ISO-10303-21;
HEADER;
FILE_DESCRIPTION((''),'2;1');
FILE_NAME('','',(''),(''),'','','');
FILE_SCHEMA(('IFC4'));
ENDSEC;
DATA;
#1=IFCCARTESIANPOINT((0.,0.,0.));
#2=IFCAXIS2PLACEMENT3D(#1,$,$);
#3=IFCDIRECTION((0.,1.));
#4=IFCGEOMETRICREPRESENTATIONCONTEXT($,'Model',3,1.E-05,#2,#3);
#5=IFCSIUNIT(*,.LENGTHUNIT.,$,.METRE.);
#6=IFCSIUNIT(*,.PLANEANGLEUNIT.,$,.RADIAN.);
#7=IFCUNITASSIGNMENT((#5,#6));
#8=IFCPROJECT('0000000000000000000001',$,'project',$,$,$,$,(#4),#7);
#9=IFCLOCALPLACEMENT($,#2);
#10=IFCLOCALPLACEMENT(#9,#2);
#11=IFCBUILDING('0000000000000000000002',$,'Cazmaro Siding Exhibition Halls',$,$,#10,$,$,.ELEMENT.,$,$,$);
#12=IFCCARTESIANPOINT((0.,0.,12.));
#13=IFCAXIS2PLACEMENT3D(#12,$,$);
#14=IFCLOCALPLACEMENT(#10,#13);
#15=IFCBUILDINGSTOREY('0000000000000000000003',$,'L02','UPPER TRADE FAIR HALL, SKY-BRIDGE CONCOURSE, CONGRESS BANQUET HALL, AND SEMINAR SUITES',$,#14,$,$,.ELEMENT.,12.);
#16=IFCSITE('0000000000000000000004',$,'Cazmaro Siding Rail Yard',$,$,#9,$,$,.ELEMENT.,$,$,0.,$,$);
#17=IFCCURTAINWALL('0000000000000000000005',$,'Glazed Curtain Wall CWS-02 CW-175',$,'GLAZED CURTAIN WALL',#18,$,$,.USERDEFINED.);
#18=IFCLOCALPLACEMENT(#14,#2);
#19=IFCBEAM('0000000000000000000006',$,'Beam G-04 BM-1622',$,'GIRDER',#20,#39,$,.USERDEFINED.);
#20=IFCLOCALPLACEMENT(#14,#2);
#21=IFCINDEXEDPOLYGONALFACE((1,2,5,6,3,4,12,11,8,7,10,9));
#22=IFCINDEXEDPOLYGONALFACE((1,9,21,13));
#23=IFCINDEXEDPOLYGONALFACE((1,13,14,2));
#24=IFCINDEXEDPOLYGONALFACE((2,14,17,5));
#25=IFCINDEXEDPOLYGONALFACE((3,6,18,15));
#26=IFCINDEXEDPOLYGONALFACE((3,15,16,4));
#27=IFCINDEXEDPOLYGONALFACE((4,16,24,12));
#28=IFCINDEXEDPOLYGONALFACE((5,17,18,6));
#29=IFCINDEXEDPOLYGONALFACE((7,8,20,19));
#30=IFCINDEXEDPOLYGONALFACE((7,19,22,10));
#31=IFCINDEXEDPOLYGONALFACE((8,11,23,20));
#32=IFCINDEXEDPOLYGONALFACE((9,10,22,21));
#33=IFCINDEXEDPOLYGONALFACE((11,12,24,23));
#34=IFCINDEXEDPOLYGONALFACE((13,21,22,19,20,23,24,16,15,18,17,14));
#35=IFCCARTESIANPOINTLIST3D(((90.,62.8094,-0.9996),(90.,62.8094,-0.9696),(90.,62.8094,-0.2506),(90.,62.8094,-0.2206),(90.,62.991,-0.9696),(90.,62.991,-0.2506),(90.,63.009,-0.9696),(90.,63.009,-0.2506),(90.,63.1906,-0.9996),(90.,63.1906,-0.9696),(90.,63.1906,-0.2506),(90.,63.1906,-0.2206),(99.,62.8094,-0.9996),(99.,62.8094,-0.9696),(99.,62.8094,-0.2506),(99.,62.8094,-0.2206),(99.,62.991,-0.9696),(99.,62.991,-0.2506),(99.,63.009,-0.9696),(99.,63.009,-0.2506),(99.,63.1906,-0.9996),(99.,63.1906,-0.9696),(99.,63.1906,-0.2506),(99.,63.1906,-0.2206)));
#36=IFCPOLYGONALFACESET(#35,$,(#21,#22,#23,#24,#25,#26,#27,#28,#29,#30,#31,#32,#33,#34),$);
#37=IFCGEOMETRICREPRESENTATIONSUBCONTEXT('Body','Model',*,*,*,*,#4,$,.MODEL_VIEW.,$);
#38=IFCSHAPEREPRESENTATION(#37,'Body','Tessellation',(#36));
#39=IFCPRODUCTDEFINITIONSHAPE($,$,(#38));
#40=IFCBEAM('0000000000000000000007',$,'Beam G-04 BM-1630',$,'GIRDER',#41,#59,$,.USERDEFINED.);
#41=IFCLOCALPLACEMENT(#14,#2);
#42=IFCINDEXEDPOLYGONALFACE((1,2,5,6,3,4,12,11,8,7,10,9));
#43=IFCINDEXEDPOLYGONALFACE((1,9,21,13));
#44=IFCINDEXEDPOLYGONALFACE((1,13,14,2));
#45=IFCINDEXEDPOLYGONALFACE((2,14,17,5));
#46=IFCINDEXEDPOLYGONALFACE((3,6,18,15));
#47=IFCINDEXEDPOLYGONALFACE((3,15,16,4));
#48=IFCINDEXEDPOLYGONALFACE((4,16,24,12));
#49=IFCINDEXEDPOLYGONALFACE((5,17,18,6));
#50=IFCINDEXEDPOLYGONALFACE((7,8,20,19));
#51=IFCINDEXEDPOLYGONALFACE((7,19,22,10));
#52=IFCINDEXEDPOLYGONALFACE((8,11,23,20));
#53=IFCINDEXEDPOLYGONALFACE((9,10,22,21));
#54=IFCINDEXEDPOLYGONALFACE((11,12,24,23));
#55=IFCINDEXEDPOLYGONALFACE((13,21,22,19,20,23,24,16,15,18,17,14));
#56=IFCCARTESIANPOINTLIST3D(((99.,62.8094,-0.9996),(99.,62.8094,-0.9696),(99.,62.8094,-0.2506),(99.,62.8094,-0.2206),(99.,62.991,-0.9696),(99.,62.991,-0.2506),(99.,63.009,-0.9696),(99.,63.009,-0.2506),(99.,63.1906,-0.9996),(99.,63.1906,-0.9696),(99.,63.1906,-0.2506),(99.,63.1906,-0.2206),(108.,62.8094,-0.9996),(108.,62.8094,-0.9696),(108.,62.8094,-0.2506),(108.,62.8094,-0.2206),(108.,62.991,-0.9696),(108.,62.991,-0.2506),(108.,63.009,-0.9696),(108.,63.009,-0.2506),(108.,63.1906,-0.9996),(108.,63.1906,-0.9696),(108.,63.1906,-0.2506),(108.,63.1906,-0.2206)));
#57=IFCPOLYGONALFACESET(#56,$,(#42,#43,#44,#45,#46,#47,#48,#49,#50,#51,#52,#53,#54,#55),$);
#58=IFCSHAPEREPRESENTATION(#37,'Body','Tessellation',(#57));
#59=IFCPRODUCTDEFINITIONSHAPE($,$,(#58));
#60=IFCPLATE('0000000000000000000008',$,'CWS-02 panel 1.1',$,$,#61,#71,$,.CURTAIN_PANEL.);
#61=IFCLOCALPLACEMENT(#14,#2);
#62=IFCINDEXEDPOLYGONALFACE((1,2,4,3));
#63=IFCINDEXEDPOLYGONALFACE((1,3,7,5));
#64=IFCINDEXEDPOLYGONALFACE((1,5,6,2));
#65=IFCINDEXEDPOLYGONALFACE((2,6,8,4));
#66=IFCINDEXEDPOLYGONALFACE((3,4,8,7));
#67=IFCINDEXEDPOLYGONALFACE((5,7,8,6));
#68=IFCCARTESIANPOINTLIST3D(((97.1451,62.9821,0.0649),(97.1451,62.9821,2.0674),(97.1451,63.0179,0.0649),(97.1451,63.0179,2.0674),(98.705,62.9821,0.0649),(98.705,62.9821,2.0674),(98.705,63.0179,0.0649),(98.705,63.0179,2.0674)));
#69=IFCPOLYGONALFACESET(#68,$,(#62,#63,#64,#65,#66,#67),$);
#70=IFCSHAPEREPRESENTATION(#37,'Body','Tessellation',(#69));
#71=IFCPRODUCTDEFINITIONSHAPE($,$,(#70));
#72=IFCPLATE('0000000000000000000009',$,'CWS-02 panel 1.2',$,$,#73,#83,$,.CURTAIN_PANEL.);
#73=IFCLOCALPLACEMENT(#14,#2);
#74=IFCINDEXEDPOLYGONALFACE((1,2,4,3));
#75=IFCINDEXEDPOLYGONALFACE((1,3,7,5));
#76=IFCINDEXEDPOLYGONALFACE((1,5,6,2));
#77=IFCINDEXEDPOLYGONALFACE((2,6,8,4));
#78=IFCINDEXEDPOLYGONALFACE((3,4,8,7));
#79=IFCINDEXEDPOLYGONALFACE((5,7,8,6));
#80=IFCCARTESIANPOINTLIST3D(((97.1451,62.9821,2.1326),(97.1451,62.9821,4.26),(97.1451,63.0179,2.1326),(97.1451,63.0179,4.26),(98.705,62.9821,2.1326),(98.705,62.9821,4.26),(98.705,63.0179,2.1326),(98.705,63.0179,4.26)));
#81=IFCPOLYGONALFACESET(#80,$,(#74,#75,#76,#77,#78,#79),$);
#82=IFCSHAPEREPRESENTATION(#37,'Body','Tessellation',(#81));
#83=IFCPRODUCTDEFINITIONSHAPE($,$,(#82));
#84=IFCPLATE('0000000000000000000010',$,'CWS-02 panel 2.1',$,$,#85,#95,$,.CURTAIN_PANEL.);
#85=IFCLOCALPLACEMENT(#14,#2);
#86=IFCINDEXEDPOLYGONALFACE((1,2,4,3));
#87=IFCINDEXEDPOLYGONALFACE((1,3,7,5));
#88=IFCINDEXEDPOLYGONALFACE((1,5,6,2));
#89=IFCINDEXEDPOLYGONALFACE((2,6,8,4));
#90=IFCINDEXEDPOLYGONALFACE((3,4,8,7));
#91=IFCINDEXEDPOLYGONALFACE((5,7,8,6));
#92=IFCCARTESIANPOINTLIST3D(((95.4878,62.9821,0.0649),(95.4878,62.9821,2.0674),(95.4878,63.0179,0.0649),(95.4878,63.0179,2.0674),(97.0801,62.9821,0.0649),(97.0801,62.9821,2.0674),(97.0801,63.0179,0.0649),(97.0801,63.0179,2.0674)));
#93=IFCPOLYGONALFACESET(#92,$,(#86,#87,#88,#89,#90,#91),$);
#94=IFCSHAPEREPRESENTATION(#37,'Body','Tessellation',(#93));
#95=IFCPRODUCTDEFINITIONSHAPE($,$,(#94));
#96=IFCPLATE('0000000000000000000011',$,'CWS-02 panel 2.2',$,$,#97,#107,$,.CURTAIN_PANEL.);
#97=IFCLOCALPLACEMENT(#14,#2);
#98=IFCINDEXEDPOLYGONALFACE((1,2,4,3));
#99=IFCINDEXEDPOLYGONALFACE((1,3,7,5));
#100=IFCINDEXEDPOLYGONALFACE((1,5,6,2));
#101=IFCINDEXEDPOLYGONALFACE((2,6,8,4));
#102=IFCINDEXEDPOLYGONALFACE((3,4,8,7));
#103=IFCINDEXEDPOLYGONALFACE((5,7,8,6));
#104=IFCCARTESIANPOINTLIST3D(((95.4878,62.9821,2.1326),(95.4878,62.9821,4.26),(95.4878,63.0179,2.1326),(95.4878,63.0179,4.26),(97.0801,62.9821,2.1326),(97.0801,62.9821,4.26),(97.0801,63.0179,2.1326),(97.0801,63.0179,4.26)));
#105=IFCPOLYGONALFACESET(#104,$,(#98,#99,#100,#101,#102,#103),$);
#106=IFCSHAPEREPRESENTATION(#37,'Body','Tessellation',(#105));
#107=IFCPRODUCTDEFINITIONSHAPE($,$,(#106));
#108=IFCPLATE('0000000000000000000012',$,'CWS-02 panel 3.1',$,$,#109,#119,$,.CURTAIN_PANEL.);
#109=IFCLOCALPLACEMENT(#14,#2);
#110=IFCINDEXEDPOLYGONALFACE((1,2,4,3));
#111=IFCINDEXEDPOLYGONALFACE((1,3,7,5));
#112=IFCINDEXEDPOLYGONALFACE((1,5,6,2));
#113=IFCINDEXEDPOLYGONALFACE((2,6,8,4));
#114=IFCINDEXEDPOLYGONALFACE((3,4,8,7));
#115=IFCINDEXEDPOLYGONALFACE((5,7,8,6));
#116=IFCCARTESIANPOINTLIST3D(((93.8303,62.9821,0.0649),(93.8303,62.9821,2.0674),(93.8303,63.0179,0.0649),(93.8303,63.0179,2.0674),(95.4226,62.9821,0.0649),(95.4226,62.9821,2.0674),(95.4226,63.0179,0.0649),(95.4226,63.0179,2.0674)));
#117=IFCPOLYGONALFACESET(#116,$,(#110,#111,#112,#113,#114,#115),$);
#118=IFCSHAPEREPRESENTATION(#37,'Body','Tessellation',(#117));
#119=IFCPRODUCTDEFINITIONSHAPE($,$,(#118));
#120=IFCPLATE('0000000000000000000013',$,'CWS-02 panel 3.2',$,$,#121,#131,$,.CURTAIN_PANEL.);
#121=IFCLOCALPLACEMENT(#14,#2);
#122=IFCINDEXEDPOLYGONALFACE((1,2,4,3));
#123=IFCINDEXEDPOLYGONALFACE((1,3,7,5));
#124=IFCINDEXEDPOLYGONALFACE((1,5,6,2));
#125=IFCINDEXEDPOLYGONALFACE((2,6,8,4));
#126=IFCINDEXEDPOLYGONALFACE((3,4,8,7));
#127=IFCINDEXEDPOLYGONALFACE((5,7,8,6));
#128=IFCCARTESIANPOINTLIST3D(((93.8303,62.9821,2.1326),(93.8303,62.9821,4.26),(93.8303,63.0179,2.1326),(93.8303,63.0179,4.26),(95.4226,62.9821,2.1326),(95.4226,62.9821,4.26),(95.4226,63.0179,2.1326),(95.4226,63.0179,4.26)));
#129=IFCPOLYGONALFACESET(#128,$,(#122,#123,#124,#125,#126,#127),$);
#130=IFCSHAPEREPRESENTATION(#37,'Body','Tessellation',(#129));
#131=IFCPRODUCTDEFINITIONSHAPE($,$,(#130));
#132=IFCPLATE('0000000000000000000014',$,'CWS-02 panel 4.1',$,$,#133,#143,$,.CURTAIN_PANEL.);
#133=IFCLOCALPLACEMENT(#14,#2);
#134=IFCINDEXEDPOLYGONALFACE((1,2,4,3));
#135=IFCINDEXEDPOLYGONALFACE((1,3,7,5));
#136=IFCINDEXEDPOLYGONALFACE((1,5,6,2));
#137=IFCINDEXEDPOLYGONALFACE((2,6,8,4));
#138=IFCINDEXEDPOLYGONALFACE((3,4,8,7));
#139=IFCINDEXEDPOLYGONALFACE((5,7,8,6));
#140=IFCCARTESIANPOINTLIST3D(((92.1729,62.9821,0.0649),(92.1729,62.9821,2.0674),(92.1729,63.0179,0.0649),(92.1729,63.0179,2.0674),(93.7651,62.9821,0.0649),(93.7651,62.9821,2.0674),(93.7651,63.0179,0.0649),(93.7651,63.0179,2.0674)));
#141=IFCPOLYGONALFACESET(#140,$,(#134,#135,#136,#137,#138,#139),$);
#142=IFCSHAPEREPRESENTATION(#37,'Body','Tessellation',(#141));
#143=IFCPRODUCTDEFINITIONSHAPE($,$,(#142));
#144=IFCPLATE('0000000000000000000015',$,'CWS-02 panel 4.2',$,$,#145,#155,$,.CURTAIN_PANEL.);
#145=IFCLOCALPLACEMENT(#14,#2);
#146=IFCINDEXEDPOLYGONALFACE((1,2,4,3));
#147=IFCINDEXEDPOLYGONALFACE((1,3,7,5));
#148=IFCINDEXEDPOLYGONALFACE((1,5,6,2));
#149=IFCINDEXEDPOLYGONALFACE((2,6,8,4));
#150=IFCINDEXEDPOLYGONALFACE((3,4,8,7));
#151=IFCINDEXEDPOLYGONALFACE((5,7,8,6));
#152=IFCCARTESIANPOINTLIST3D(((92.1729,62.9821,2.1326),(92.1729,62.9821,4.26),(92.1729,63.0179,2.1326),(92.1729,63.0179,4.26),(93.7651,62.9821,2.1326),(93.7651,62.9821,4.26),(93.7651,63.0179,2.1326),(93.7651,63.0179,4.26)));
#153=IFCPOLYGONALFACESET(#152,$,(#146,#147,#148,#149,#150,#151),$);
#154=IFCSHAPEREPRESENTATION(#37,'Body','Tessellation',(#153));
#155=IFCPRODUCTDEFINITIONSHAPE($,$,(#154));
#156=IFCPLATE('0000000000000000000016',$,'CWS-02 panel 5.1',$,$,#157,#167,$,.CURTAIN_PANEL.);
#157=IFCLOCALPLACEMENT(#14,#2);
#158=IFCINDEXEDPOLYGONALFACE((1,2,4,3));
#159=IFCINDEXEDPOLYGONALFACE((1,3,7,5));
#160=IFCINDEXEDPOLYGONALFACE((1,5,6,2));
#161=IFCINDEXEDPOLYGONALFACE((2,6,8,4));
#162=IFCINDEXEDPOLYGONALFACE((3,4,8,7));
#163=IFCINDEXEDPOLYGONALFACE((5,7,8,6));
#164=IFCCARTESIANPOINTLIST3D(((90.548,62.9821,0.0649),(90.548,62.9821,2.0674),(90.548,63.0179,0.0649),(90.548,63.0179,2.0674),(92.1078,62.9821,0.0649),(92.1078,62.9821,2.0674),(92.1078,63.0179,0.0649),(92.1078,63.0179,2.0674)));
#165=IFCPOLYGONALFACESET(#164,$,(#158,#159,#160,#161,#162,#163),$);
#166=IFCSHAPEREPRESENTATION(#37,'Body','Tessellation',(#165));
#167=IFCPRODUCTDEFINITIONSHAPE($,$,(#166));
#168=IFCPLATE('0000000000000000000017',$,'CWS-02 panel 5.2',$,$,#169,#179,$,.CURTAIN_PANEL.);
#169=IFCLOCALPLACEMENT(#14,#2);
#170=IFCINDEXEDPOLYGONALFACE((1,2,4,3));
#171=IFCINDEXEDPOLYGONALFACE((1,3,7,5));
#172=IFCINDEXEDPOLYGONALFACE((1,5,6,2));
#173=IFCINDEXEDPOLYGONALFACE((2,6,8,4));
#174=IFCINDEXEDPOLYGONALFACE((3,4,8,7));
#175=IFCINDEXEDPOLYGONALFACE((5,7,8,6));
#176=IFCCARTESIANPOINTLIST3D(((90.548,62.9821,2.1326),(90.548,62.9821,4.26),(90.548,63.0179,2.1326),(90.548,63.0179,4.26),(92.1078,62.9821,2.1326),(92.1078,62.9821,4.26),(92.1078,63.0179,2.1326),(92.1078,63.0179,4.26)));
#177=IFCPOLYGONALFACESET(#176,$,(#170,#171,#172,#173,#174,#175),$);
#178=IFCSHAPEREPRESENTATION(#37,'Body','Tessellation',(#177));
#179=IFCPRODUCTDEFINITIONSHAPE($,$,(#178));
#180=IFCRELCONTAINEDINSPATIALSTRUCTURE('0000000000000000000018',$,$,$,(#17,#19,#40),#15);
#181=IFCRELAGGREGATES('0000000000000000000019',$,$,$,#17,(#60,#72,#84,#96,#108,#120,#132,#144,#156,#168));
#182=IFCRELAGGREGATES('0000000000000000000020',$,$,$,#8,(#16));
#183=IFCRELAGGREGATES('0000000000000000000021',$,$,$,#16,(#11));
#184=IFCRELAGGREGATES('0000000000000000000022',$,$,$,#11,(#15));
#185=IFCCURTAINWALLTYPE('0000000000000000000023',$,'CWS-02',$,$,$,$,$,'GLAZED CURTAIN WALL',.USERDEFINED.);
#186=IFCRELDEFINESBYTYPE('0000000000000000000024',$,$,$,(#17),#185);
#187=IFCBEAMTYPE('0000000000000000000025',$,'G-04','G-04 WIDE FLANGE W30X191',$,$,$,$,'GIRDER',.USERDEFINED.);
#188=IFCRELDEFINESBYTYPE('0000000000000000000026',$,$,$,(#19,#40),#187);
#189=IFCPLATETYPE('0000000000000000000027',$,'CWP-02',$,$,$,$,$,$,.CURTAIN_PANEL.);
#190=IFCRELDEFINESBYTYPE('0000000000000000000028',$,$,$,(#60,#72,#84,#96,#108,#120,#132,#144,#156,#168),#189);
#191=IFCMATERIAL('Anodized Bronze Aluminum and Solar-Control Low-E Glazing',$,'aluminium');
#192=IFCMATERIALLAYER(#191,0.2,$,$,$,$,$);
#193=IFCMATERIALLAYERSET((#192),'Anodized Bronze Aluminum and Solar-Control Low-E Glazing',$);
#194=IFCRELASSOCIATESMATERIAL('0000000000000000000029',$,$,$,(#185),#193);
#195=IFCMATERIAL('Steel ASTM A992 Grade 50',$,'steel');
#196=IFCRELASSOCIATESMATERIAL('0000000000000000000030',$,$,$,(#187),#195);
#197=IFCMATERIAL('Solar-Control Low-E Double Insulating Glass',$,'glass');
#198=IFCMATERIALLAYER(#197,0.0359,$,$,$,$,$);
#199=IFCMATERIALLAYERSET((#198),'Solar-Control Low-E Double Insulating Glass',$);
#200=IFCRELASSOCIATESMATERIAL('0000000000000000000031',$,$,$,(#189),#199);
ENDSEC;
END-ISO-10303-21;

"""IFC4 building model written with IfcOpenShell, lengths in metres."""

from ifc_helpers import new_model, si_unit, direction, frame, origin, origin_2d, place, context, subcontext, project, spatial, rectangle, i_section, extrude, material, layer, layer_set, material_profile, profile_set, type_object, element, aggregate, save


model = new_model("IFC4")

# Units and contexts
model_context = context("Model", 3, precision=1e-05, world=origin(), true_north=direction((0.0, 1.0)))
body_context = subcontext(model_context, "Body", "Model", "MODEL_VIEW")
ifc_project = project(units=[si_unit("LENGTHUNIT", "METRE"), si_unit("PLANEANGLEUNIT", "RADIAN")], contexts=[model_context])

# Site, building, storey
site_placement = place(None, origin())
site = spatial("IfcSite", under=ifc_project, at=site_placement, Name="Cazmaro Siding Rail Yard", CompositionType="ELEMENT", RefElevation=0.0)
building_placement = place(site_placement, origin())
building = spatial("IfcBuilding", under=site, at=building_placement, Name="Cazmaro Siding Exhibition Halls", CompositionType="ELEMENT")
storey_placement = place(building_placement, frame((0.0, 0.0, 12.0)))
storey = spatial("IfcBuildingStorey", under=building, at=storey_placement, Name="L02", Description="UPPER TRADE FAIR HALL, SKY-BRIDGE CONCOURSE, CONGRESS BANQUET HALL, AND SEMINAR SUITES", CompositionType="ELEMENT", Elevation=12.0)

# Curtain wall
ifc_material_1 = material(Name="Anodized Bronze Aluminum and Solar-Control Low-E Glazing", Category="aluminium")
ifc_layer_1 = layer(ifc_material_1, 0.2)
ifc_layer_set_1 = layer_set([ifc_layer_1], Name="Anodized Bronze Aluminum and Solar-Control Low-E Glazing")
curtain_wall_type = type_object("IfcCurtainWallType", Name="CWS-02", ElementType="GLAZED CURTAIN WALL", PredefinedType="USERDEFINED", material=ifc_layer_set_1)
curtain_wall_placement = place(storey_placement, origin())
curtain_wall = element("IfcCurtainWall", 1, at=curtain_wall_placement, inside=storey, type_object=curtain_wall_type, Name="Glazed Curtain Wall CWS-02 CW-175", ObjectType="GLAZED CURTAIN WALL", PredefinedType="USERDEFINED")

# Beams
ifc_material_2 = material(Name="Steel ASTM A992 Grade 50", Category="steel")
ifc_material_profile_1 = material_profile(ifc_material_2, i_section(OverallWidth=0.3811, OverallDepth=0.7791, WebThickness=0.0181, FlangeThickness=0.03, at=origin_2d()), Name="W30X191")
ifc_profile_set_1 = profile_set([ifc_material_profile_1], Name="Steel ASTM A992 Grade 50")
beam_type_1 = type_object("IfcBeamType", Name="G-04", Description="G-04 WIDE FLANGE W30X191", ElementType="GIRDER", PredefinedType="USERDEFINED", material=ifc_profile_set_1)
for number, where, z_axis, x_axis, name in (
    (2, (90.0, 63.0, -0.6101), (1.0, 0.0, 0.0), (0.0, 1.0, 0.0), "Beam G-04 BM-1622"),
    (3, (99.0, 63.0, -0.6101), (1.0, 0.0, 0.0), (0.0, 1.0, 0.0), "Beam G-04 BM-1630"),
):
    element("IfcBeam", number, at=place(storey_placement, frame(where, z_axis=z_axis, x_axis=x_axis)), inside=storey, type_object=beam_type_1, Name=name, ObjectType="GIRDER", PredefinedType="USERDEFINED", context=body_context, shape_type="SweptSolid", body=[
        extrude(i_section(OverallWidth=0.3811, OverallDepth=0.7791, WebThickness=0.0181, FlangeThickness=0.03, at=origin_2d()), origin(), (0.0, 0.0, 1.0), 9.0),
    ])

# Plates
ifc_material_3 = material(Name="Solar-Control Low-E Double Insulating Glass", Category="glass")
ifc_layer_2 = layer(ifc_material_3, 0.0359)
ifc_layer_set_2 = layer_set([ifc_layer_2], Name="Solar-Control Low-E Double Insulating Glass")
plate_type = type_object("IfcPlateType", Name="CWP-02", PredefinedType="CURTAIN_PANEL", material=ifc_layer_set_2)
plate_1_placement = place(storey_placement, frame((97.925, 63.0, 0.0649), z_axis=(0.0, 0.0, 1.0), x_axis=(-1.0, 0.0, 0.0)))
plate_1 = element("IfcPlate", 4, at=plate_1_placement, type_object=plate_type, Name="CWS-02 panel 1.1", PredefinedType="CURTAIN_PANEL", context=body_context, shape_type="SweptSolid", body=[
    extrude(rectangle(XDim=1.5598, YDim=0.0359, at=origin_2d()), origin(), (0.0, 0.0, 1.0), 2.0024),
])
plate_2_placement = place(storey_placement, frame((97.925, 63.0, 2.1326), z_axis=(0.0, 0.0, 1.0), x_axis=(-1.0, 0.0, 0.0)))
plate_2 = element("IfcPlate", 5, at=plate_2_placement, type_object=plate_type, Name="CWS-02 panel 1.2", PredefinedType="CURTAIN_PANEL", context=body_context, shape_type="SweptSolid", body=[
    extrude(rectangle(XDim=1.5598, YDim=0.0359, at=origin_2d()), origin(), (0.0, 0.0, 1.0), 2.1274),
])
plate_3_placement = place(storey_placement, frame((96.2839, 63.0, 0.0649), z_axis=(0.0, 0.0, 1.0), x_axis=(-1.0, 0.0, 0.0)))
plate_3 = element("IfcPlate", 6, at=plate_3_placement, type_object=plate_type, Name="CWS-02 panel 2.1", PredefinedType="CURTAIN_PANEL", context=body_context, shape_type="SweptSolid", body=[
    extrude(rectangle(XDim=1.5923, YDim=0.0359, at=origin_2d()), origin(), (0.0, 0.0, 1.0), 2.0024),
])
plate_4_placement = place(storey_placement, frame((96.2839, 63.0, 2.1326), z_axis=(0.0, 0.0, 1.0), x_axis=(-1.0, 0.0, 0.0)))
plate_4 = element("IfcPlate", 7, at=plate_4_placement, type_object=plate_type, Name="CWS-02 panel 2.2", PredefinedType="CURTAIN_PANEL", context=body_context, shape_type="SweptSolid", body=[
    extrude(rectangle(XDim=1.5923, YDim=0.0359, at=origin_2d()), origin(), (0.0, 0.0, 1.0), 2.1274),
])
plate_5_placement = place(storey_placement, frame((94.6265, 63.0, 0.0649), z_axis=(0.0, 0.0, 1.0), x_axis=(-1.0, 0.0, 0.0)))
plate_5 = element("IfcPlate", 8, at=plate_5_placement, type_object=plate_type, Name="CWS-02 panel 3.1", PredefinedType="CURTAIN_PANEL", context=body_context, shape_type="SweptSolid", body=[
    extrude(rectangle(XDim=1.5923, YDim=0.0359, at=origin_2d()), origin(), (0.0, 0.0, 1.0), 2.0024),
])
plate_6_placement = place(storey_placement, frame((94.6265, 63.0, 2.1326), z_axis=(0.0, 0.0, 1.0), x_axis=(-1.0, 0.0, 0.0)))
plate_6 = element("IfcPlate", 9, at=plate_6_placement, type_object=plate_type, Name="CWS-02 panel 3.2", PredefinedType="CURTAIN_PANEL", context=body_context, shape_type="SweptSolid", body=[
    extrude(rectangle(XDim=1.5923, YDim=0.0359, at=origin_2d()), origin(), (0.0, 0.0, 1.0), 2.1274),
])
plate_7_placement = place(storey_placement, frame((92.969, 63.0, 0.0649), z_axis=(0.0, 0.0, 1.0), x_axis=(-1.0, 0.0, 0.0)))
plate_7 = element("IfcPlate", 10, at=plate_7_placement, type_object=plate_type, Name="CWS-02 panel 4.1", PredefinedType="CURTAIN_PANEL", context=body_context, shape_type="SweptSolid", body=[
    extrude(rectangle(XDim=1.5923, YDim=0.0359, at=origin_2d()), origin(), (0.0, 0.0, 1.0), 2.0024),
])
plate_8_placement = place(storey_placement, frame((92.969, 63.0, 2.1326), z_axis=(0.0, 0.0, 1.0), x_axis=(-1.0, 0.0, 0.0)))
plate_8 = element("IfcPlate", 11, at=plate_8_placement, type_object=plate_type, Name="CWS-02 panel 4.2", PredefinedType="CURTAIN_PANEL", context=body_context, shape_type="SweptSolid", body=[
    extrude(rectangle(XDim=1.5923, YDim=0.0359, at=origin_2d()), origin(), (0.0, 0.0, 1.0), 2.1274),
])
plate_9_placement = place(storey_placement, frame((91.3279, 63.0, 0.0649), z_axis=(0.0, 0.0, 1.0), x_axis=(-1.0, 0.0, 0.0)))
plate_9 = element("IfcPlate", 12, at=plate_9_placement, type_object=plate_type, Name="CWS-02 panel 5.1", PredefinedType="CURTAIN_PANEL", context=body_context, shape_type="SweptSolid", body=[
    extrude(rectangle(XDim=1.5598, YDim=0.0359, at=origin_2d()), origin(), (0.0, 0.0, 1.0), 2.0024),
])
plate_10_placement = place(storey_placement, frame((91.3279, 63.0, 2.1326), z_axis=(0.0, 0.0, 1.0), x_axis=(-1.0, 0.0, 0.0)))
plate_10 = element("IfcPlate", 13, at=plate_10_placement, type_object=plate_type, Name="CWS-02 panel 5.2", PredefinedType="CURTAIN_PANEL", context=body_context, shape_type="SweptSolid", body=[
    extrude(rectangle(XDim=1.5598, YDim=0.0359, at=origin_2d()), origin(), (0.0, 0.0, 1.0), 2.1274),
])
aggregate(curtain_wall, [plate_1, plate_2, plate_3, plate_4, plate_5, plate_6, plate_7, plate_8, plate_9, plate_10])

save(model, "model.ifc")
